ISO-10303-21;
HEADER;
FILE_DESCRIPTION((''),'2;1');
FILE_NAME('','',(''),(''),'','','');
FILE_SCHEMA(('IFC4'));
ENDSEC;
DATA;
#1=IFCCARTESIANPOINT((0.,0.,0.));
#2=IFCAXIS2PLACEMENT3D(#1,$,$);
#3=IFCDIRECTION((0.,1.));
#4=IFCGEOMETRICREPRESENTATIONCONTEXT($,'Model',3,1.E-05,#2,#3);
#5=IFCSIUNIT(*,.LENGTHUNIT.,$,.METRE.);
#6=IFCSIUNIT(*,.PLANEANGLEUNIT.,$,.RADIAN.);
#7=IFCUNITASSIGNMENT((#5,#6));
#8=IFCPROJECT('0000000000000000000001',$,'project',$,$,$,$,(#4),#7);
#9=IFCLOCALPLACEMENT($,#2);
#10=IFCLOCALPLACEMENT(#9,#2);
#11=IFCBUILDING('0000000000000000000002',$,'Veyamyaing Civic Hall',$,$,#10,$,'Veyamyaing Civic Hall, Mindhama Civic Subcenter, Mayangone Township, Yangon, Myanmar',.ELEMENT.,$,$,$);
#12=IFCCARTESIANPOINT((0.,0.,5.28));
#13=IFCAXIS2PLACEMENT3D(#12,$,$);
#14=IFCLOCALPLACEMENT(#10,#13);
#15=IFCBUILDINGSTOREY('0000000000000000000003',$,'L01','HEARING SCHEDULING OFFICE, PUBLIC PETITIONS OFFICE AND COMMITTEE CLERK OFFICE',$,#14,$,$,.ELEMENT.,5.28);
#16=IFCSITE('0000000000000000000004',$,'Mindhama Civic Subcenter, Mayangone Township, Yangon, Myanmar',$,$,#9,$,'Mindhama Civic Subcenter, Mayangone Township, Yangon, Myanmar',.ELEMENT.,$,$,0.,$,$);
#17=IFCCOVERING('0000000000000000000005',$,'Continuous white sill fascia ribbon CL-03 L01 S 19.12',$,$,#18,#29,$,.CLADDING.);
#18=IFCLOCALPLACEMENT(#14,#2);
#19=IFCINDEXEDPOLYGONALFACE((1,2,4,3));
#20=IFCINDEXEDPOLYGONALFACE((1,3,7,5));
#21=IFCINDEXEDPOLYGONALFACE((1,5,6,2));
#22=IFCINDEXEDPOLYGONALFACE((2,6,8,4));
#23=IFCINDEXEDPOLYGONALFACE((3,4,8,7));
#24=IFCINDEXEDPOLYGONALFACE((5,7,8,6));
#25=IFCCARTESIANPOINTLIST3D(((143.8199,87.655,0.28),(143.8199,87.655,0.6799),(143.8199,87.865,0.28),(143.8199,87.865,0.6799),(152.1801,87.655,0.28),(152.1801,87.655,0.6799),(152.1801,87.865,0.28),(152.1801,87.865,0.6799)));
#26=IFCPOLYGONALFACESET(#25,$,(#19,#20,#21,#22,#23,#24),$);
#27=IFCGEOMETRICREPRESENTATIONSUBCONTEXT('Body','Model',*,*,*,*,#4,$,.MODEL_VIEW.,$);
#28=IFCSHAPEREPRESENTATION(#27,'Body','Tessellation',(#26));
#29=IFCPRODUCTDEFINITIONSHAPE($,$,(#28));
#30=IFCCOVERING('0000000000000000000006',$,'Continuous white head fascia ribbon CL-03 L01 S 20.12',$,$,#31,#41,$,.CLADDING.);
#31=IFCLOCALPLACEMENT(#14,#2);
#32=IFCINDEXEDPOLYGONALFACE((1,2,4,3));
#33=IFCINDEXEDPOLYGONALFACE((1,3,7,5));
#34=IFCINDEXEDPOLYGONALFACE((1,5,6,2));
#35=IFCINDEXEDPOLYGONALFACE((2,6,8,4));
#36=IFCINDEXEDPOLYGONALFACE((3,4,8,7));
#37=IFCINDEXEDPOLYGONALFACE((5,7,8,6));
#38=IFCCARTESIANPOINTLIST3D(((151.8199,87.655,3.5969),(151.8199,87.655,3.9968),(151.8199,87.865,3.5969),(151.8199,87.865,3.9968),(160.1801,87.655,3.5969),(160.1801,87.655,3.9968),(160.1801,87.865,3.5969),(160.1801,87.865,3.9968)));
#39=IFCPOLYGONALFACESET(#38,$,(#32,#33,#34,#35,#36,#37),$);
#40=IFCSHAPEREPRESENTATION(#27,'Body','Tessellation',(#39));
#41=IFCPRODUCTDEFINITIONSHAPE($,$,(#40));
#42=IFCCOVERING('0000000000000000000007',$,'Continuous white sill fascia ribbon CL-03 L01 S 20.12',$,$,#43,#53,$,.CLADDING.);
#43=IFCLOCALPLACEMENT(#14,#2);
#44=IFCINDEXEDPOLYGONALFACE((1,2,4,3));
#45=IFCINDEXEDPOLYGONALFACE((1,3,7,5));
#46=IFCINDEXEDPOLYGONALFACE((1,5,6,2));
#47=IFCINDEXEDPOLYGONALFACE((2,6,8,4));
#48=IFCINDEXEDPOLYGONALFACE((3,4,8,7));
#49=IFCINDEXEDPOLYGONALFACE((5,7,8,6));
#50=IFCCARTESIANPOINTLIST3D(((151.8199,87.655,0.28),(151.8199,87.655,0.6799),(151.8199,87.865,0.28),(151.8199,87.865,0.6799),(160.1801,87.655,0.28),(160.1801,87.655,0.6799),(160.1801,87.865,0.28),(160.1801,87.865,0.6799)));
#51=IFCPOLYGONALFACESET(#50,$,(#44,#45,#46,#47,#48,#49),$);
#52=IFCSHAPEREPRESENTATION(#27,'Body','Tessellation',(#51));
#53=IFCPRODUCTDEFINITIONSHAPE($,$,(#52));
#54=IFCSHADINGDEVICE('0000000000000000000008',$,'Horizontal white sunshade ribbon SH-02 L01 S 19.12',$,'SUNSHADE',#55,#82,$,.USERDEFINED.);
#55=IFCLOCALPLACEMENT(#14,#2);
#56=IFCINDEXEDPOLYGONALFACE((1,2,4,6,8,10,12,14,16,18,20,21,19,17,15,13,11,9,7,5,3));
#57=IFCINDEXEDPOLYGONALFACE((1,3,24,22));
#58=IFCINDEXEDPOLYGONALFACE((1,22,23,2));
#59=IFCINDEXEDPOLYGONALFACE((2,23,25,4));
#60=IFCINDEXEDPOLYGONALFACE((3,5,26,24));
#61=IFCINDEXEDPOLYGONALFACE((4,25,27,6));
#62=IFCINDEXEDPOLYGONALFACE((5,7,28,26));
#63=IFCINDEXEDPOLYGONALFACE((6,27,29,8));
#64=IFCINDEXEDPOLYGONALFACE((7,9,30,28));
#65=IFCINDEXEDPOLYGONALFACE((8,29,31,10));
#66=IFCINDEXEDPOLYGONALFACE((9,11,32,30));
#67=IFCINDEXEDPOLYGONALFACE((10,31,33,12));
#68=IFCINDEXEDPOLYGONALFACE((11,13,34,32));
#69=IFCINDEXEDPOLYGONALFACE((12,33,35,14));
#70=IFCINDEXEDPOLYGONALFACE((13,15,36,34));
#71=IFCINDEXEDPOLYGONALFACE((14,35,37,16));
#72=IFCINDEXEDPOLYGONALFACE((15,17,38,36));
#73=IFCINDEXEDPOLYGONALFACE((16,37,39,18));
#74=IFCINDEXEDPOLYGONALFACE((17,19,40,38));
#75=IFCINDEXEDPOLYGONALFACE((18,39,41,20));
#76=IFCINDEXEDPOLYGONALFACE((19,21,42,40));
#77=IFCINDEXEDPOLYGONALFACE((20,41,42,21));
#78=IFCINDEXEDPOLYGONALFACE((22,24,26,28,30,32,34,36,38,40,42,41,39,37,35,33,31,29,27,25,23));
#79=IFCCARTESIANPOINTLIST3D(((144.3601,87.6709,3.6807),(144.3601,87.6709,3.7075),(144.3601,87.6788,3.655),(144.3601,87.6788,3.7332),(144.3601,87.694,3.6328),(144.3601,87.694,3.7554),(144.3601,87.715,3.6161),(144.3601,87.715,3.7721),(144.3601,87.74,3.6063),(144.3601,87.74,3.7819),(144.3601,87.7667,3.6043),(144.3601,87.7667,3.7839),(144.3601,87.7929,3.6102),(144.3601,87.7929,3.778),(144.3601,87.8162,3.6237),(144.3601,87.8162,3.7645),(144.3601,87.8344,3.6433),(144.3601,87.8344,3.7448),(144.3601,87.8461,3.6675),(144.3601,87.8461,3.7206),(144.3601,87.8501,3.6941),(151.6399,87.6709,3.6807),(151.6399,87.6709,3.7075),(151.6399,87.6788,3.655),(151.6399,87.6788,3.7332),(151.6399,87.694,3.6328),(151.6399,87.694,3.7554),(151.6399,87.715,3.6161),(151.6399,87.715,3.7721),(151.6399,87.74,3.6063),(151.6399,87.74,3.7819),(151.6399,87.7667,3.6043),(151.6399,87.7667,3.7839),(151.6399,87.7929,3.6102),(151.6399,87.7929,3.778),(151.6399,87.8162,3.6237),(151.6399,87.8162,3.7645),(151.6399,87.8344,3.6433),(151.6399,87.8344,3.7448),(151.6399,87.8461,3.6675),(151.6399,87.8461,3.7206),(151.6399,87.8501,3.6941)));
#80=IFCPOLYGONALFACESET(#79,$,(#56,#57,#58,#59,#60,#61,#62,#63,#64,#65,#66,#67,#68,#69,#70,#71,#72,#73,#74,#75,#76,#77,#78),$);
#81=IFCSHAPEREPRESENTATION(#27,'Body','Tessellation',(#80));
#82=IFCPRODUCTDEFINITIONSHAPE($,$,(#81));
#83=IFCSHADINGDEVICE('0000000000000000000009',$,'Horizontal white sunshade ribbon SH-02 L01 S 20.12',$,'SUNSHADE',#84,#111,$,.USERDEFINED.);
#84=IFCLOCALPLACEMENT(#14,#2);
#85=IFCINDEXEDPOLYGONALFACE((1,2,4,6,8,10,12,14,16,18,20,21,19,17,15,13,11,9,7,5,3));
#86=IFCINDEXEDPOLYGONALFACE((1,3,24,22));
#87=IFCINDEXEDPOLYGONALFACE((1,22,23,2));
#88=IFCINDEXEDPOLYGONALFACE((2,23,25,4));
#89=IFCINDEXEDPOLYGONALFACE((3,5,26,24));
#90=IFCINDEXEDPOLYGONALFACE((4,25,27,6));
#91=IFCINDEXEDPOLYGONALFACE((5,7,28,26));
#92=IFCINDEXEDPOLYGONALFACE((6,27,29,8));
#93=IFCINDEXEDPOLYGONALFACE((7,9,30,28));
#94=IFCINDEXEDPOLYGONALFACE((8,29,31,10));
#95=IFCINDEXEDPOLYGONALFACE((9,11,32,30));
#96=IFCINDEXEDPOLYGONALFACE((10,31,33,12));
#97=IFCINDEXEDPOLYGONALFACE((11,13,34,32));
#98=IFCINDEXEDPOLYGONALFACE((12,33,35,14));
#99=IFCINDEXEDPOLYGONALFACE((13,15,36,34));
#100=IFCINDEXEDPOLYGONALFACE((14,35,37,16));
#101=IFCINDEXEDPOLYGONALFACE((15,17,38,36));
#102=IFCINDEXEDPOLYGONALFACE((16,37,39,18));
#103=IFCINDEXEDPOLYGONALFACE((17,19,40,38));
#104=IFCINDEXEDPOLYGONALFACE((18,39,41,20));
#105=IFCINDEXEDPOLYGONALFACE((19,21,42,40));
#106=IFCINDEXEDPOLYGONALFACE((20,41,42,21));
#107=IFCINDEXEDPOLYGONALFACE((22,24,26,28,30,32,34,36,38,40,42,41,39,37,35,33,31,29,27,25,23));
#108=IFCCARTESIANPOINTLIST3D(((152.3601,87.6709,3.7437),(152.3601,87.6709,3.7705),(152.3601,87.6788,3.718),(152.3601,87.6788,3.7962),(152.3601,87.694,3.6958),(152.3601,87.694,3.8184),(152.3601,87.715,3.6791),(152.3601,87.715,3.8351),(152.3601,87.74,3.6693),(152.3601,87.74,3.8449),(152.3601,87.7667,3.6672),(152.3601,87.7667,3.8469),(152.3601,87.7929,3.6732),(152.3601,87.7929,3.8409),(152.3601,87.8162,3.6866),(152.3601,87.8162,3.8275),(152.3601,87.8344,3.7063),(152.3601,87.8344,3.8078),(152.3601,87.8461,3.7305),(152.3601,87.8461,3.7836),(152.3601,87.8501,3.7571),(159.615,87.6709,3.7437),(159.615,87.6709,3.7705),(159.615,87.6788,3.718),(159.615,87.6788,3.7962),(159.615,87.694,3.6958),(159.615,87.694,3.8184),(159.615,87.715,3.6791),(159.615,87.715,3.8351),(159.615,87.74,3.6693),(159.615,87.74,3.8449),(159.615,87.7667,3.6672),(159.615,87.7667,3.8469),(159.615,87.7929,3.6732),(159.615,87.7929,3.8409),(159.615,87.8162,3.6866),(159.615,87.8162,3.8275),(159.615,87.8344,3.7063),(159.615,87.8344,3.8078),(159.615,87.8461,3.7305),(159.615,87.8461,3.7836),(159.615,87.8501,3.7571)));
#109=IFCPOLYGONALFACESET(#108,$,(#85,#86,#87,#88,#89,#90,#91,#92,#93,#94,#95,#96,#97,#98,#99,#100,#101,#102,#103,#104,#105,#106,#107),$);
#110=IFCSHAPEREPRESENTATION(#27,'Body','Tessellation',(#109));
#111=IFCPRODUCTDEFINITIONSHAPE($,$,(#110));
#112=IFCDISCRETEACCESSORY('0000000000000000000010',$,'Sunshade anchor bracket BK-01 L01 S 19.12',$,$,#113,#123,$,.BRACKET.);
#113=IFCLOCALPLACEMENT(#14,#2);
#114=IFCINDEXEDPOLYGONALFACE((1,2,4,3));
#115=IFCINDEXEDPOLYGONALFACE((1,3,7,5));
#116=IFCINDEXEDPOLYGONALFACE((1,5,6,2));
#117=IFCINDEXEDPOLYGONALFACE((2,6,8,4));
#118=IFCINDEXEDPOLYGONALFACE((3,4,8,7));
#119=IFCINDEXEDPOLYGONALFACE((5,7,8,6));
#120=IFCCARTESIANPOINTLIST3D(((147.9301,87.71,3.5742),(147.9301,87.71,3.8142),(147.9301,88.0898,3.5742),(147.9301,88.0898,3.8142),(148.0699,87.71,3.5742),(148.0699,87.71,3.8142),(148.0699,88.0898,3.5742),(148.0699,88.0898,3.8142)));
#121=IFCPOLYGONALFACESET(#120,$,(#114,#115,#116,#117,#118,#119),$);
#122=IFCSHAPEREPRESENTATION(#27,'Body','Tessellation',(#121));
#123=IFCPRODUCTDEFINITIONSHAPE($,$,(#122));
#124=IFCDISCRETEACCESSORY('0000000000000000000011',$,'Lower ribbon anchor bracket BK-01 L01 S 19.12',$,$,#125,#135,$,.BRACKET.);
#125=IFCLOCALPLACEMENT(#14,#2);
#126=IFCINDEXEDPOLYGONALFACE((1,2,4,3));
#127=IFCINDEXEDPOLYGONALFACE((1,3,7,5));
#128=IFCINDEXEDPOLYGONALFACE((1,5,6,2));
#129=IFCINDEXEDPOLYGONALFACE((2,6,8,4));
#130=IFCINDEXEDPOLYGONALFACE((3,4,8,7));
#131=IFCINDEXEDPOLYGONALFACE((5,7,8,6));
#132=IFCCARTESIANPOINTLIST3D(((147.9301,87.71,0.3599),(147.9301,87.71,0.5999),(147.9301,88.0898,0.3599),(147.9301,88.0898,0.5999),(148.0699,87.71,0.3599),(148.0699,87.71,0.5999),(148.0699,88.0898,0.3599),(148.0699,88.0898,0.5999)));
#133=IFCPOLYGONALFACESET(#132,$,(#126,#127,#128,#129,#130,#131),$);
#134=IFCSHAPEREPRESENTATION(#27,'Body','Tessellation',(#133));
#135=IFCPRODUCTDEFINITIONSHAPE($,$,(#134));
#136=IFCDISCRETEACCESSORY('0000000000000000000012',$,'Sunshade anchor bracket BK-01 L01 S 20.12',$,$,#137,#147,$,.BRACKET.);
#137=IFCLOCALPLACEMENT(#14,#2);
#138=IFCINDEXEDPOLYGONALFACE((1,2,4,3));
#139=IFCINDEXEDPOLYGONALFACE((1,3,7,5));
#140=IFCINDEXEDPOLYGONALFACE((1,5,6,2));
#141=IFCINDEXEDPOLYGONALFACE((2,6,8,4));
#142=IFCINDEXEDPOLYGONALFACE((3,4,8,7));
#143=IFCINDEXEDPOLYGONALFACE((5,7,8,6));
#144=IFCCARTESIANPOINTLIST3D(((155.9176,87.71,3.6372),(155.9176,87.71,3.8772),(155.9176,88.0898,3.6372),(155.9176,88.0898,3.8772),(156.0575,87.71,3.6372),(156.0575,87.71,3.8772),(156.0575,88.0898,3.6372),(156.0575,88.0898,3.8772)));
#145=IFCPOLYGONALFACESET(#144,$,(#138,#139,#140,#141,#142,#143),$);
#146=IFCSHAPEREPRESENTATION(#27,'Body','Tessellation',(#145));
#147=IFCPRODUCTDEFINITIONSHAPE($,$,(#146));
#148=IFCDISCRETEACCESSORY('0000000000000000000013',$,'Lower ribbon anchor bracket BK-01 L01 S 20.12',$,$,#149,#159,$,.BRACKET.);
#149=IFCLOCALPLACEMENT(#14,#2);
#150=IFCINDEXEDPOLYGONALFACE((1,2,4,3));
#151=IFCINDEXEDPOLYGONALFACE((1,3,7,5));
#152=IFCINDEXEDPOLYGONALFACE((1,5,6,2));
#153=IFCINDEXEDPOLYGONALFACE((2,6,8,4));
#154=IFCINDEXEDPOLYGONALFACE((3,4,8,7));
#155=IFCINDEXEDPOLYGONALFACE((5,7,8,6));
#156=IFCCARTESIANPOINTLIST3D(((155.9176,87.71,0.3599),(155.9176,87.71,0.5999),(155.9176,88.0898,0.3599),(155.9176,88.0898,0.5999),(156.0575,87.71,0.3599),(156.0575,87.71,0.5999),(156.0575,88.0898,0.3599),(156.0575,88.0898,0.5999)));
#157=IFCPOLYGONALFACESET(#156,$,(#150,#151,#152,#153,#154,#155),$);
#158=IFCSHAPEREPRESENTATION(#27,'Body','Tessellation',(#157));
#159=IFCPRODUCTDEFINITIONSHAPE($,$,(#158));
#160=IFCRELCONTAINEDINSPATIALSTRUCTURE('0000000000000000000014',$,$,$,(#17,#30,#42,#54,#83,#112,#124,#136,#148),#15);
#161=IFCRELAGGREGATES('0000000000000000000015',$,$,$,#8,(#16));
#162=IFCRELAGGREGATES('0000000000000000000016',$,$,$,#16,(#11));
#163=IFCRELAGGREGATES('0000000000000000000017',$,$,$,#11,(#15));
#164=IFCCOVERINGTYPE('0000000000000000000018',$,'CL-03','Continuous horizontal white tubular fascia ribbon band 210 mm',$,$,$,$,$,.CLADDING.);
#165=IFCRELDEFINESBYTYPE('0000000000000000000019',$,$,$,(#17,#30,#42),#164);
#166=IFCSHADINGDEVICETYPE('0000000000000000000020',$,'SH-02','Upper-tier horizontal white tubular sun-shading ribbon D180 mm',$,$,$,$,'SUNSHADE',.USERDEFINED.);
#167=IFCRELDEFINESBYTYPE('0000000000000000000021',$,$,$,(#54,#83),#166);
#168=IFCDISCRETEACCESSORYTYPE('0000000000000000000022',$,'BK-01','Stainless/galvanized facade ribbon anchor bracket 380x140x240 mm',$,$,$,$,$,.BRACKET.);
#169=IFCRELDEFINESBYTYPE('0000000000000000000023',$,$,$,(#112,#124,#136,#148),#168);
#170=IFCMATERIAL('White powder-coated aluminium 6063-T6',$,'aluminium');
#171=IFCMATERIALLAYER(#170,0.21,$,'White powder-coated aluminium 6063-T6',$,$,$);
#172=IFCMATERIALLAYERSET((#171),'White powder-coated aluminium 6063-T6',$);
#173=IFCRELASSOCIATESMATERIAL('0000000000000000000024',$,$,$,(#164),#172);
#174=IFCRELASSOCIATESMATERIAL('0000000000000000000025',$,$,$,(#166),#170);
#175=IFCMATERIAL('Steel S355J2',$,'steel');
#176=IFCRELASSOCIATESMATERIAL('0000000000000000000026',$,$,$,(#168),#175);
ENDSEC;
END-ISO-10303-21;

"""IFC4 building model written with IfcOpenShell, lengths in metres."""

from ifc_helpers import new_model, si_unit, direction, frame, origin, origin_2d, place, context, subcontext, project, spatial, rectangle, circle, extrude, material, layer, layer_set, material_profile, profile_set, type_object, element, save


model = new_model("IFC4")

# Units and contexts
model_context = context("Model", 3, precision=1e-05, world=origin(), true_north=direction((0.0, 1.0)))
body_context = subcontext(model_context, "Body", "Model", "MODEL_VIEW")
ifc_project = project(units=[si_unit("LENGTHUNIT", "METRE"), si_unit("PLANEANGLEUNIT", "RADIAN")], contexts=[model_context])

# Site, building, storey
site_placement = place(None, origin())
site = spatial("IfcSite", under=ifc_project, at=site_placement, Name="Mindhama Civic Subcenter, Mayangone Township, Yangon, Myanmar", LongName="Mindhama Civic Subcenter, Mayangone Township, Yangon, Myanmar", CompositionType="ELEMENT", RefElevation=0.0)
building_placement = place(site_placement, origin())
building = spatial("IfcBuilding", under=site, at=building_placement, Name="Veyamyaing Civic Hall", LongName="Veyamyaing Civic Hall, Mindhama Civic Subcenter, Mayangone Township, Yangon, Myanmar", CompositionType="ELEMENT")
storey_placement = place(building_placement, frame((0.0, 0.0, 5.28)))
storey = spatial("IfcBuildingStorey", under=building, at=storey_placement, Name="L01", Description="HEARING SCHEDULING OFFICE, PUBLIC PETITIONS OFFICE AND COMMITTEE CLERK OFFICE", CompositionType="ELEMENT", Elevation=5.28)

# Coverings
ifc_material_1 = material(Name="White powder-coated aluminium 6063-T6", Category="aluminium")
ifc_layer_1 = layer(ifc_material_1, 0.21, Name="White powder-coated aluminium 6063-T6")
ifc_layer_set_1 = layer_set([ifc_layer_1], Name="White powder-coated aluminium 6063-T6")
covering_type_1 = type_object("IfcCoveringType", Name="CL-03", Description="Continuous horizontal white tubular fascia ribbon band 210 mm", PredefinedType="CLADDING", material=ifc_layer_set_1)
for number, where, z_axis, x_axis, name in (
    (1, (148.0, 87.76, 0.28), (0.0, 0.0, 1.0), (1.0, 0.0, 0.0), "Continuous white sill fascia ribbon CL-03 L01 S 19.12"),
    (2, (156.0, 87.76, 3.5969), (0.0, 0.0, 1.0), (1.0, 0.0, 0.0), "Continuous white head fascia ribbon CL-03 L01 S 20.12"),
    (3, (156.0, 87.76, 0.28), (0.0, 0.0, 1.0), (1.0, 0.0, 0.0), "Continuous white sill fascia ribbon CL-03 L01 S 20.12"),
):
    element("IfcCovering", number, at=place(storey_placement, frame(where, z_axis=z_axis, x_axis=x_axis)), inside=storey, type_object=covering_type_1, Name=name, PredefinedType="CLADDING", context=body_context, shape_type="SweptSolid", body=[
        extrude(rectangle(XDim=8.3601, YDim=0.21, at=origin_2d()), origin(), (0.0, 0.0, 1.0), 0.3999),
    ])

# Shading devices
ifc_material_profile_1 = material_profile(ifc_material_1, circle(Radius=0.0901, at=origin_2d()), Name="SHADE-TUBE-180")
ifc_profile_set_1 = profile_set([ifc_material_profile_1], Name="White powder-coated aluminium 6063-T6")
shading_device_type = type_object("IfcShadingDeviceType", Name="SH-02", Description="Upper-tier horizontal white tubular sun-shading ribbon D180 mm", ElementType="SUNSHADE", PredefinedType="USERDEFINED", material=ifc_profile_set_1)
shading_device_1_placement = place(storey_placement, frame((144.3601, 87.76, 3.6941), z_axis=(1.0, 0.0, 0.0), x_axis=(0.0, 1.0, 0.0)))
element("IfcShadingDevice", 4, at=shading_device_1_placement, inside=storey, type_object=shading_device_type, Name="Horizontal white sunshade ribbon SH-02 L01 S 19.12", ObjectType="SUNSHADE", PredefinedType="USERDEFINED", context=body_context, shape_type="SweptSolid", body=[
    extrude(circle(Radius=0.0901, at=origin_2d()), origin(), (0.0, 0.0, 1.0), 7.2798),
])
shading_device_2_placement = place(storey_placement, frame((152.3601, 87.76, 3.7571), z_axis=(1.0, 0.0, 0.0), x_axis=(0.0, 1.0, 0.0)))
element("IfcShadingDevice", 5, at=shading_device_2_placement, inside=storey, type_object=shading_device_type, Name="Horizontal white sunshade ribbon SH-02 L01 S 20.12", ObjectType="SUNSHADE", PredefinedType="USERDEFINED", context=body_context, shape_type="SweptSolid", body=[
    extrude(circle(Radius=0.0901, at=origin_2d()), origin(), (0.0, 0.0, 1.0), 7.2549),
])

# Discrete accessories
ifc_material_2 = material(Name="Steel S355J2", Category="steel")
discrete_accessory_type = type_object("IfcDiscreteAccessoryType", Name="BK-01", Description="Stainless/galvanized facade ribbon anchor bracket 380x140x240 mm", PredefinedType="BRACKET", material=ifc_material_2)
for number, where, z_axis, x_axis, name in (
    (6, (148.0, 87.8999, 3.5742), (0.0, 0.0, 1.0), (0.0, -1.0, 0.0), "Sunshade anchor bracket BK-01 L01 S 19.12"),
    (7, (148.0, 87.8999, 0.3599), (0.0, 0.0, 1.0), (0.0, -1.0, 0.0), "Lower ribbon anchor bracket BK-01 L01 S 19.12"),
    (8, (155.9875, 87.8999, 3.6372), (0.0, 0.0, 1.0), (0.0, -1.0, 0.0), "Sunshade anchor bracket BK-01 L01 S 20.12"),
    (9, (155.9875, 87.8999, 0.3599), (0.0, 0.0, 1.0), (0.0, -1.0, 0.0), "Lower ribbon anchor bracket BK-01 L01 S 20.12"),
):
    element("IfcDiscreteAccessory", number, at=place(storey_placement, frame(where, z_axis=z_axis, x_axis=x_axis)), inside=storey, type_object=discrete_accessory_type, Name=name, PredefinedType="BRACKET", context=body_context, shape_type="SweptSolid", body=[
        extrude(rectangle(XDim=0.3799, YDim=0.1399, at=origin_2d()), origin(), (0.0, 0.0, 1.0), 0.24),
    ])

save(model, "model.ifc")
